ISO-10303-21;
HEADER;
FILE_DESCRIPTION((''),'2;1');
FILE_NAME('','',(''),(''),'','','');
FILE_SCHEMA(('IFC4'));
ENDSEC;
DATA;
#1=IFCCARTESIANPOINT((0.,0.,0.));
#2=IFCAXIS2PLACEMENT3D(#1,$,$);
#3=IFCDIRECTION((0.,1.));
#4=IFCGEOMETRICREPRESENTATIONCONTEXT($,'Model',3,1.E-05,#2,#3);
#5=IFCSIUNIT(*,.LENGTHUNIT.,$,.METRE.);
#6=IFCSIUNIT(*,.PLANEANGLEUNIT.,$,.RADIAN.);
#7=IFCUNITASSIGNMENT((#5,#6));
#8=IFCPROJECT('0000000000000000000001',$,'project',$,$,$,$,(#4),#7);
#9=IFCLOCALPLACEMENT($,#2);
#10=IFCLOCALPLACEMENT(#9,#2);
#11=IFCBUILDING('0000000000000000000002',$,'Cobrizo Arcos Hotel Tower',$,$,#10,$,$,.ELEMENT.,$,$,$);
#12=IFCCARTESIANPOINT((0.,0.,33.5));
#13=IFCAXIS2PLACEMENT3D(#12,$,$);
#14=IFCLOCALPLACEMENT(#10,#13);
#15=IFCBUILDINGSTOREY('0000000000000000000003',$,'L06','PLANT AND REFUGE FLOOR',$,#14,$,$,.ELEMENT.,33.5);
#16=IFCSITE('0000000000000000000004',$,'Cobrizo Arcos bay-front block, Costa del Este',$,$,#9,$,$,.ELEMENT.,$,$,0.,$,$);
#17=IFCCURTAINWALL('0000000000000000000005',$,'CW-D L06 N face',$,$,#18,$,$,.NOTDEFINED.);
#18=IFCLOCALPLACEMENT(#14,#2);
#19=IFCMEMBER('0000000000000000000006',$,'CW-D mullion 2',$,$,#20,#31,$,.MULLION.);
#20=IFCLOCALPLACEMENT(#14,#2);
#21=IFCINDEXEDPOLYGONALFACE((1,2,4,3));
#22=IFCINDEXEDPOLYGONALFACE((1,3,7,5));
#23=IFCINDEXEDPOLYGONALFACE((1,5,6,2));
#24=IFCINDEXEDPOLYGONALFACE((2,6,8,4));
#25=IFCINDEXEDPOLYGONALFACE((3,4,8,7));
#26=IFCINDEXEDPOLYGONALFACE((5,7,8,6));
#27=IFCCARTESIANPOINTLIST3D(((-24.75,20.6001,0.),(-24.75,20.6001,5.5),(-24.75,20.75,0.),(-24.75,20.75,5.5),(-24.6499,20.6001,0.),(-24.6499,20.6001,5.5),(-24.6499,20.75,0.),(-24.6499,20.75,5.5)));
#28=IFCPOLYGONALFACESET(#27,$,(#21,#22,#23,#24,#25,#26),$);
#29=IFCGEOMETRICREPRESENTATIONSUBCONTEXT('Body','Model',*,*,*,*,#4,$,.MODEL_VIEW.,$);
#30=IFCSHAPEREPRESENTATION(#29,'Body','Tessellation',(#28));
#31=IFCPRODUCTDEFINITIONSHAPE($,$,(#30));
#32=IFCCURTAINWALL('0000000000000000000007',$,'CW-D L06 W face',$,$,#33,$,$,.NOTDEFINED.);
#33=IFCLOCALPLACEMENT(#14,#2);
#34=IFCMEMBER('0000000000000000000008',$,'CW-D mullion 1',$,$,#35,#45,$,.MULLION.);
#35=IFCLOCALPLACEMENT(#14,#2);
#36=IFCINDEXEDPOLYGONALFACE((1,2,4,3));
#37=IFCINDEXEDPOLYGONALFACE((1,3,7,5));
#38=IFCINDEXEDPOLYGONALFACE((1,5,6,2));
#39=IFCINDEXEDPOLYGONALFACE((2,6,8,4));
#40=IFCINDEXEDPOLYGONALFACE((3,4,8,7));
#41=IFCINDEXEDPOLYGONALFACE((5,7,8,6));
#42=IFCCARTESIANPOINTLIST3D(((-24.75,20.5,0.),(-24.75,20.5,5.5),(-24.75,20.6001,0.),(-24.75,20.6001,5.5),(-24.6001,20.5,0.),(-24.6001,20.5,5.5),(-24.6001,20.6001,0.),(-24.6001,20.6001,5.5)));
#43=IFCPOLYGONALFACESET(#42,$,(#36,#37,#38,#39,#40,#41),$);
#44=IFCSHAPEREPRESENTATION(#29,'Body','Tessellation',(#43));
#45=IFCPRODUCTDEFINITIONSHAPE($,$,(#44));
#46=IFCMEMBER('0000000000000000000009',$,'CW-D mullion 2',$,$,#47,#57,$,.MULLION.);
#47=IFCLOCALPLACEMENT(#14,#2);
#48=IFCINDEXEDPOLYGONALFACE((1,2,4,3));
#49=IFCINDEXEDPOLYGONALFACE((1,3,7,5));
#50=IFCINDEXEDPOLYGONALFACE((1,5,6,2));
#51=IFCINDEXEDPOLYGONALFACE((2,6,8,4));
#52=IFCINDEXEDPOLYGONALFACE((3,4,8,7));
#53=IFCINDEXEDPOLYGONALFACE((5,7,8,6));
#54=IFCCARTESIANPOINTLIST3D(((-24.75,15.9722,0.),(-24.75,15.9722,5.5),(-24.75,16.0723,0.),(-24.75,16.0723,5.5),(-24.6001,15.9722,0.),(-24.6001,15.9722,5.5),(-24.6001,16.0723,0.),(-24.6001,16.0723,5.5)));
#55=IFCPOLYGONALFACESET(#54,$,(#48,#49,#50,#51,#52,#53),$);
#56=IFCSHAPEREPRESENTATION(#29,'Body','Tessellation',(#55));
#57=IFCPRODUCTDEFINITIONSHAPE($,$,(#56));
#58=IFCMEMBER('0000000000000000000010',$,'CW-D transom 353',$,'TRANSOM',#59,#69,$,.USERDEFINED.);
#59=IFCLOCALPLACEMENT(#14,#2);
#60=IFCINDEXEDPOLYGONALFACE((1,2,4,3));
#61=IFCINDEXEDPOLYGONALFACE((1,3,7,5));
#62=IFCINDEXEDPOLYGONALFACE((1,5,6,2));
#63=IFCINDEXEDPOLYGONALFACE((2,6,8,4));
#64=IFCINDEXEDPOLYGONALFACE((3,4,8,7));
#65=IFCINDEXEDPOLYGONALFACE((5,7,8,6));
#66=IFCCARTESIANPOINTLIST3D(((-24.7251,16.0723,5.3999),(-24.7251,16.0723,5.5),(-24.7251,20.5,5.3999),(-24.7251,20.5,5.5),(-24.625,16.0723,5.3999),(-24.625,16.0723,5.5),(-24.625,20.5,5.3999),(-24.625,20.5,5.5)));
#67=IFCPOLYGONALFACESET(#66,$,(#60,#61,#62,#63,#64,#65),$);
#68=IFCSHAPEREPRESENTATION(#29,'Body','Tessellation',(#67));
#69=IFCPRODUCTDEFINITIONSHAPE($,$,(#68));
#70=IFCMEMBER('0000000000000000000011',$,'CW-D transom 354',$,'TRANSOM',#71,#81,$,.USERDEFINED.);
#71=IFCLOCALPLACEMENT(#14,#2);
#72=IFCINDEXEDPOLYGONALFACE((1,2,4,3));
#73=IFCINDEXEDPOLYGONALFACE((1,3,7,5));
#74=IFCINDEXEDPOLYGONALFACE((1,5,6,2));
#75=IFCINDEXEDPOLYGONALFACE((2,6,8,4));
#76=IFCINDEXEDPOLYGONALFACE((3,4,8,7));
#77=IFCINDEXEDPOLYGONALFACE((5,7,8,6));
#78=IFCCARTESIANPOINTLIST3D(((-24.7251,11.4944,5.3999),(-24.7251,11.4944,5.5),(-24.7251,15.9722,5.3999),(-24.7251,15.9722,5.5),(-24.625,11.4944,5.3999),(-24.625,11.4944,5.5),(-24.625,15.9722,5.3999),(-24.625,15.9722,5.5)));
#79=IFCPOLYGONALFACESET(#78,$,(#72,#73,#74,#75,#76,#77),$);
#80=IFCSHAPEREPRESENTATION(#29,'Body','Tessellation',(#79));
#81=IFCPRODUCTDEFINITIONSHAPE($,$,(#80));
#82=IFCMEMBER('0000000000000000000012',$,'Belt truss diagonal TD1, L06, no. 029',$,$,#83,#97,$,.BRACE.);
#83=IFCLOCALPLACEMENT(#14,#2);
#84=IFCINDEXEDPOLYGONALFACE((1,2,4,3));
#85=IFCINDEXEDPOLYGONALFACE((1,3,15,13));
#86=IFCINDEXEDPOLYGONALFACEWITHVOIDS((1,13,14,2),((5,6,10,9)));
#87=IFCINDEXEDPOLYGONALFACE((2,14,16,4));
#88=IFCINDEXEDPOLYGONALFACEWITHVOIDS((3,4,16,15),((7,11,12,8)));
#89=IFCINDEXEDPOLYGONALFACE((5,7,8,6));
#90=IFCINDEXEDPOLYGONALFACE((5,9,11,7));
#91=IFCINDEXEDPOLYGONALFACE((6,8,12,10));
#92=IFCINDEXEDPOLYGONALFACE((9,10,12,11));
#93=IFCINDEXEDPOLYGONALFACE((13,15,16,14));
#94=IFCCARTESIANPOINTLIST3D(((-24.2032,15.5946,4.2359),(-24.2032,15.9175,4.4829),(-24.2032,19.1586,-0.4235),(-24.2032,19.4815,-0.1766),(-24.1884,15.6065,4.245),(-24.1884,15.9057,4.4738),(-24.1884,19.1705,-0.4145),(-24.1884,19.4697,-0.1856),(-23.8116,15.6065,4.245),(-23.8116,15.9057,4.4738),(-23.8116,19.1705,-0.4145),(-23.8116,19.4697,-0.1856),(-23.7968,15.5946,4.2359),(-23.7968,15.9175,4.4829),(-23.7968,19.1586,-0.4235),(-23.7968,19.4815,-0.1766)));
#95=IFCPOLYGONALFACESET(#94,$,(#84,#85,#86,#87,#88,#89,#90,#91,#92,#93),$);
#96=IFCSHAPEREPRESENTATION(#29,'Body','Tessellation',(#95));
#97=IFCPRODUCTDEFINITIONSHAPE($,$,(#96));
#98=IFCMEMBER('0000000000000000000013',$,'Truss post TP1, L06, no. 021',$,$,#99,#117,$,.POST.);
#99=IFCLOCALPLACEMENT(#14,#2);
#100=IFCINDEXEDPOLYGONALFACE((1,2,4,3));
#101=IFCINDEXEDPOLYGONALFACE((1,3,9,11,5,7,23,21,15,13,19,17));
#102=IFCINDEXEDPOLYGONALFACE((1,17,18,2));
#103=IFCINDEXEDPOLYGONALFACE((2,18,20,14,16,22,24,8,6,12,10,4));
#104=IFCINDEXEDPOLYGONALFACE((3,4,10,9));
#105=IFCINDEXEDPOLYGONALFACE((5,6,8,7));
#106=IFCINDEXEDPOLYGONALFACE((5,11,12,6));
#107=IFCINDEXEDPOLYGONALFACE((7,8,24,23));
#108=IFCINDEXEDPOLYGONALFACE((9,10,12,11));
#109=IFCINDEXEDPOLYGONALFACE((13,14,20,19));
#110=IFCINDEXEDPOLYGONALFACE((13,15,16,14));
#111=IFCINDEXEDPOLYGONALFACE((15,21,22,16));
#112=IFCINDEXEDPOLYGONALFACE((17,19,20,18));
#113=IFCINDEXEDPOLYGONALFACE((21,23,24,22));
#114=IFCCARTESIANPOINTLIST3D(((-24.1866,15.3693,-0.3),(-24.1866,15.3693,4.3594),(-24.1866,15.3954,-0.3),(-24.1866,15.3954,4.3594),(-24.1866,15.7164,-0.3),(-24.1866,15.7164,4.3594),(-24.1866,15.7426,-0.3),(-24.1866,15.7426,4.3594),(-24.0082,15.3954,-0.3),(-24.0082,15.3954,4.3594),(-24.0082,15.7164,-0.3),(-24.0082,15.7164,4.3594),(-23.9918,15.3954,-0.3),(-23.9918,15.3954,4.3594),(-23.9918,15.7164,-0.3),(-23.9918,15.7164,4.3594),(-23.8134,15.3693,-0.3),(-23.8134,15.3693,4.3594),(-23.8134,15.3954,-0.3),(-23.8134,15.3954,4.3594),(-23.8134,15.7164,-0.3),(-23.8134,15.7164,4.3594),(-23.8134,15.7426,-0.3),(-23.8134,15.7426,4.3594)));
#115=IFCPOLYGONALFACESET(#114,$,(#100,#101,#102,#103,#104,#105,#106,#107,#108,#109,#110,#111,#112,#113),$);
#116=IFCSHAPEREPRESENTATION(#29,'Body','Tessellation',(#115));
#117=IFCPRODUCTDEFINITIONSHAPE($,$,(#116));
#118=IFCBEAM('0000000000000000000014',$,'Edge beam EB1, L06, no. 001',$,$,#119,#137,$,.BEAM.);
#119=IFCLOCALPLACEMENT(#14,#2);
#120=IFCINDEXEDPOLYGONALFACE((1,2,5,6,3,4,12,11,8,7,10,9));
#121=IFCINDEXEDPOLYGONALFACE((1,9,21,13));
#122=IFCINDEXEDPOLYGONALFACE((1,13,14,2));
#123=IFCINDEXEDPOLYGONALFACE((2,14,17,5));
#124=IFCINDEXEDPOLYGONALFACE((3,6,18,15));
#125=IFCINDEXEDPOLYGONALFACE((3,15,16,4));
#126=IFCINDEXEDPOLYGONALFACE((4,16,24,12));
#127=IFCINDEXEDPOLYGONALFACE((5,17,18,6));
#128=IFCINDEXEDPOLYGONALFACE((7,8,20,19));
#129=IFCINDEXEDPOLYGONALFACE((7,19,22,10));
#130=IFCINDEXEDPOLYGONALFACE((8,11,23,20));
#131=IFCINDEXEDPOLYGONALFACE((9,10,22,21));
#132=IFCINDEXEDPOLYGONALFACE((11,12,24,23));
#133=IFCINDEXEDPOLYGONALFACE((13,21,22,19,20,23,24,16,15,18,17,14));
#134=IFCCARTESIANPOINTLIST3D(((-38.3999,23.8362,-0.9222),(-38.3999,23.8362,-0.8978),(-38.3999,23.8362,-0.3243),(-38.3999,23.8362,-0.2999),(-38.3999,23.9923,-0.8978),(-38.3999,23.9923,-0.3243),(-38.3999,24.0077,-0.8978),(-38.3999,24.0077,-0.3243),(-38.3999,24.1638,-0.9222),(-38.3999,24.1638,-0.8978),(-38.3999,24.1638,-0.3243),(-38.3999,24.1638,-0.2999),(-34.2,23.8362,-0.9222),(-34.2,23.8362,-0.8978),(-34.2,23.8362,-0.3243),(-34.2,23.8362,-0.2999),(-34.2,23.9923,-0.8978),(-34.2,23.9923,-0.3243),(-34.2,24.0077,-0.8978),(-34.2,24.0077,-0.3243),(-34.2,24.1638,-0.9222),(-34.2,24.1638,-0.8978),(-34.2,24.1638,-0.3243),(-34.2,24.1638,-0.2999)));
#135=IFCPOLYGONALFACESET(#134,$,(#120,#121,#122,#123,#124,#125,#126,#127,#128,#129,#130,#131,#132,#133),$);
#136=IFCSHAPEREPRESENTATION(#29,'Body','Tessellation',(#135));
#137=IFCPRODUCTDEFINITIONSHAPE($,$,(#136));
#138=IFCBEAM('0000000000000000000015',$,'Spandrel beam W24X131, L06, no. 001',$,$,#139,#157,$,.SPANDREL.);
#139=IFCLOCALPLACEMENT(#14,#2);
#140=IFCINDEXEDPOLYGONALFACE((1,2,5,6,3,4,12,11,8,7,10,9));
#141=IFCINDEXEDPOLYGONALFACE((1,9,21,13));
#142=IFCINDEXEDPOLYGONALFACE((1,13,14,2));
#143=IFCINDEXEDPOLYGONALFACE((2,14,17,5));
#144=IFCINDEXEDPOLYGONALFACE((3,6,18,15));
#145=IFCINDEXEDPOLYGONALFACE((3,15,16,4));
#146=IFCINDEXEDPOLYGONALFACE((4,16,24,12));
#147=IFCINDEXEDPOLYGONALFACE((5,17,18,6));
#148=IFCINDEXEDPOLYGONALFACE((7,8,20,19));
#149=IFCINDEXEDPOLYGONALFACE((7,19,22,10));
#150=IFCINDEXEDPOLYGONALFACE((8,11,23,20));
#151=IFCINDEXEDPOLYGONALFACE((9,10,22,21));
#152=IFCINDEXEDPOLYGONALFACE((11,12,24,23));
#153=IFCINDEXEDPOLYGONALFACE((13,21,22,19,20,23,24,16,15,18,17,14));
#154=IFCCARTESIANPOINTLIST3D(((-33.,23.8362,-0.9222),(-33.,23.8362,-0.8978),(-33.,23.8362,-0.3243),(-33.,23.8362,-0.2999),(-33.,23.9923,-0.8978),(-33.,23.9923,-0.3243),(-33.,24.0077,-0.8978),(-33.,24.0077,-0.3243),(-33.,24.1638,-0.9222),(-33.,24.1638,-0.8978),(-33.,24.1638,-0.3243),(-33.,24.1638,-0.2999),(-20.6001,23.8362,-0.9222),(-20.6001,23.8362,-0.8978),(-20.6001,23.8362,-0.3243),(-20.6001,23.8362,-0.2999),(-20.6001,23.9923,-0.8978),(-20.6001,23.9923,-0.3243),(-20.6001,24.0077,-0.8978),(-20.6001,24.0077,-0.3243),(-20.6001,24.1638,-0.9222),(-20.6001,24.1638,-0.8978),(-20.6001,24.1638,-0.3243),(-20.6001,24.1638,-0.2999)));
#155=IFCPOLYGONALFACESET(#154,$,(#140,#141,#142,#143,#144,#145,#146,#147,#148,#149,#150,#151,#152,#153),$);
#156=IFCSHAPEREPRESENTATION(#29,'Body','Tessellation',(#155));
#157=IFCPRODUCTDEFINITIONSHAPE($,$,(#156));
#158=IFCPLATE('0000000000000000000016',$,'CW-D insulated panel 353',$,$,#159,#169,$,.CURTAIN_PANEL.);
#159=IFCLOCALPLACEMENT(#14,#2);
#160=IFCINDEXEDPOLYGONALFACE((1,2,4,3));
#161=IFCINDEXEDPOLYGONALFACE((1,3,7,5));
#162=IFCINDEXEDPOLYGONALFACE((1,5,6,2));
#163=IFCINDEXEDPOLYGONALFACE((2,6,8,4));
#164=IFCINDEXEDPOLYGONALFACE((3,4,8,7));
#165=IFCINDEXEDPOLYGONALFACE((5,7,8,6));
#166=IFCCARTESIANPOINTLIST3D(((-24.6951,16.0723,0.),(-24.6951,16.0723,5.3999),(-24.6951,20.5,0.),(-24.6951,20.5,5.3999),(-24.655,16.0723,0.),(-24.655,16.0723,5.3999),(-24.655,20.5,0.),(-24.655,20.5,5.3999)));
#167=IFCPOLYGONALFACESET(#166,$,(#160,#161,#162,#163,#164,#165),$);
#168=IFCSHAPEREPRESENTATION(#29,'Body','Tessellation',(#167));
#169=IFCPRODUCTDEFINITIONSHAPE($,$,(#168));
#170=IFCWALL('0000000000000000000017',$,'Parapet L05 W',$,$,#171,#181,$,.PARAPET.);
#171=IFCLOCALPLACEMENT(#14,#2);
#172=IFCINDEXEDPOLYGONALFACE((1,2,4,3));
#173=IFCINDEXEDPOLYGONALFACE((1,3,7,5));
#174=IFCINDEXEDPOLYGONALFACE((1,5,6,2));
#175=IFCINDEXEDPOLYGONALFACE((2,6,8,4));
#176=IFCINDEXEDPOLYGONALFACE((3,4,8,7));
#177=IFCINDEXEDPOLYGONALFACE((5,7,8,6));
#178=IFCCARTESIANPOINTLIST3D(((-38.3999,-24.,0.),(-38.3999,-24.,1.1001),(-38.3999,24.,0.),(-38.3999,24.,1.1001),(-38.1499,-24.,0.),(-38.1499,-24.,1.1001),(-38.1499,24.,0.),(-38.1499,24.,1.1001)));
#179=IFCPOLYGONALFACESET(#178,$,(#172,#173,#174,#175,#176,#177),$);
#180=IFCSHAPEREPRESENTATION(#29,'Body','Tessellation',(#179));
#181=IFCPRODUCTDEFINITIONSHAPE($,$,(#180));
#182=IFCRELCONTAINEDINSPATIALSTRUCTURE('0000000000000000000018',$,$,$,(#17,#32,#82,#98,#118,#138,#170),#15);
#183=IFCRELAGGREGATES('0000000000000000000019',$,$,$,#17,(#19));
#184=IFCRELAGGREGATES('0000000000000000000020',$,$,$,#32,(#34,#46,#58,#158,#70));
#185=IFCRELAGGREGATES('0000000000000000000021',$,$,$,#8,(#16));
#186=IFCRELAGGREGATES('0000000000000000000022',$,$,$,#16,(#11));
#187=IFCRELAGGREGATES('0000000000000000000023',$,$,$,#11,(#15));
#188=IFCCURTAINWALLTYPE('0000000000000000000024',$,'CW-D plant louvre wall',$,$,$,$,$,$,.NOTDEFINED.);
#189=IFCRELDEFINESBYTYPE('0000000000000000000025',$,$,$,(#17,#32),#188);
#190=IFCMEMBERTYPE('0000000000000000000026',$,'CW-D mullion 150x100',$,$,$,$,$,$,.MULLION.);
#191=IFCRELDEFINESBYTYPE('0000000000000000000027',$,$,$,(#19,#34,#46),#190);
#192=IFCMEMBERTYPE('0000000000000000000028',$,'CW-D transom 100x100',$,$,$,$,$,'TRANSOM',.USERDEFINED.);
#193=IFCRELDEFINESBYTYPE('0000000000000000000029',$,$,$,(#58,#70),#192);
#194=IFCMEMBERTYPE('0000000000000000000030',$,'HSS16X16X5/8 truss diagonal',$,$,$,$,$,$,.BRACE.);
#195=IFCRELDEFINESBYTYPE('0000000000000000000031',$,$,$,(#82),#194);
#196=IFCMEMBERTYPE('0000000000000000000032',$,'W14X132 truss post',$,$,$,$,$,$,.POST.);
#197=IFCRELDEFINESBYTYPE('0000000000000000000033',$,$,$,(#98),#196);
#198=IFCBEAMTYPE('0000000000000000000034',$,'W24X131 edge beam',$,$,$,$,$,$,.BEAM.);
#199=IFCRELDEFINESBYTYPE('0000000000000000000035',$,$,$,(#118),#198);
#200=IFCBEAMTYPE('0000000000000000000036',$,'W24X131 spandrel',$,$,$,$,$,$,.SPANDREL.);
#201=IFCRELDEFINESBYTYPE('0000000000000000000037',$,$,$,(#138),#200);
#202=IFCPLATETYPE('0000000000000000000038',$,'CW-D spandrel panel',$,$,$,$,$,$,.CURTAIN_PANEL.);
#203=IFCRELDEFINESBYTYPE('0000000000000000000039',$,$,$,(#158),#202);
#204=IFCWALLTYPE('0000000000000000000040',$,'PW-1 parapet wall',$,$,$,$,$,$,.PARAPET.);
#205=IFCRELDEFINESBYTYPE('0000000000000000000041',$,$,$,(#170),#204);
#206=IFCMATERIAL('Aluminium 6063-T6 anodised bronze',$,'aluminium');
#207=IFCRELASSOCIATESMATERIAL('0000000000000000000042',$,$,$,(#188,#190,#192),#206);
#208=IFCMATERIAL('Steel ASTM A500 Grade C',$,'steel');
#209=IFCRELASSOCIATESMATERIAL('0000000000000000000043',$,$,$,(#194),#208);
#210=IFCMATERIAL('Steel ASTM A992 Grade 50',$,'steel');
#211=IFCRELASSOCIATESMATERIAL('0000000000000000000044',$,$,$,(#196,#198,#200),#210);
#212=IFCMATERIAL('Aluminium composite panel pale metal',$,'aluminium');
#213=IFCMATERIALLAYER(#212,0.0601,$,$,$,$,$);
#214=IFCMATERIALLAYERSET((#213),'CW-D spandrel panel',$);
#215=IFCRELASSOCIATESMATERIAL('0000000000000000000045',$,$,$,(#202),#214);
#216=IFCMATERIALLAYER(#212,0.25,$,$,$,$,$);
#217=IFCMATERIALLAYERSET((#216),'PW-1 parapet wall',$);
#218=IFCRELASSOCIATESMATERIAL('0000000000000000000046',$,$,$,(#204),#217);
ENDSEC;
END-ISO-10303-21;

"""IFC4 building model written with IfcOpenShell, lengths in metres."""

from ifc_helpers import new_model, si_unit, direction, frame, frame_2d, origin, origin_2d, place, context, subcontext, project, spatial, rectangle, hollow_rectangle, i_section, extrude, material, layer, layer_set, material_profile, profile_set, type_object, element, aggregate, save


model = new_model("IFC4")

# Units and contexts
model_context = context("Model", 3, precision=1e-05, world=origin(), true_north=direction((0.0, 1.0)))
body_context = subcontext(model_context, "Body", "Model", "MODEL_VIEW")
ifc_project = project(units=[si_unit("LENGTHUNIT", "METRE"), si_unit("PLANEANGLEUNIT", "RADIAN")], contexts=[model_context])

# Site, building, storey
site_placement = place(None, origin())
site = spatial("IfcSite", under=ifc_project, at=site_placement, Name="Cobrizo Arcos bay-front block, Costa del Este", CompositionType="ELEMENT", RefElevation=0.0)
building_placement = place(site_placement, origin())
building = spatial("IfcBuilding", under=site, at=building_placement, Name="Cobrizo Arcos Hotel Tower", CompositionType="ELEMENT")
storey_placement = place(building_placement, frame((0.0, 0.0, 33.5)))
storey = spatial("IfcBuildingStorey", under=building, at=storey_placement, Name="L06", Description="PLANT AND REFUGE FLOOR", CompositionType="ELEMENT", Elevation=33.5)

# Curtain wall, member
ifc_material_1 = material(Name="Aluminium 6063-T6 anodised bronze", Category="aluminium")
curtain_wall_type = type_object("IfcCurtainWallType", Name="CW-D plant louvre wall", PredefinedType="NOTDEFINED", material=ifc_material_1)
curtain_wall_1_placement = place(storey_placement, origin())
curtain_wall_1 = element("IfcCurtainWall", 1, at=curtain_wall_1_placement, inside=storey, type_object=curtain_wall_type, Name="CW-D L06 N face", PredefinedType="NOTDEFINED")
ifc_material_profile_1 = material_profile(ifc_material_1, rectangle(XDim=0.1499, YDim=0.1001, at=origin_2d()), Name="CW-D mullion 150x100")
ifc_profile_set_1 = profile_set([ifc_material_profile_1], Name="Aluminium 6063-T6 anodised bronze")
member_type_1 = type_object("IfcMemberType", Name="CW-D mullion 150x100", PredefinedType="MULLION", material=ifc_profile_set_1)
member_1_placement = place(storey_placement, frame((-24.7, 20.675, 0.0), z_axis=(0.0, 0.0, 1.0), x_axis=(0.0, 1.0, 0.0)))
member_1 = element("IfcMember", 2, at=member_1_placement, type_object=member_type_1, Name="CW-D mullion 2", PredefinedType="MULLION", context=body_context, shape_type="SweptSolid", body=[
    extrude(rectangle(XDim=0.1499, YDim=0.1001, at=origin_2d()), origin(), (0.0, 0.0, 1.0), 5.5),
])
aggregate(curtain_wall_1, [member_1])

# Curtain wall, members
curtain_wall_2_placement = place(storey_placement, origin())
curtain_wall_2 = element("IfcCurtainWall", 3, at=curtain_wall_2_placement, inside=storey, type_object=curtain_wall_type, Name="CW-D L06 W face", PredefinedType="NOTDEFINED")
member_2_placement = place(storey_placement, frame((-24.675, 20.55, 0.0), z_axis=(0.0, 0.0, 1.0), x_axis=(-1.0, 0.0, 0.0)))
member_2 = element("IfcMember", 4, at=member_2_placement, type_object=member_type_1, Name="CW-D mullion 1", PredefinedType="MULLION", context=body_context, shape_type="SweptSolid", body=[
    extrude(rectangle(XDim=0.1499, YDim=0.1001, at=origin_2d()), origin(), (0.0, 0.0, 1.0), 5.5),
])
member_3_placement = place(storey_placement, frame((-24.675, 16.0222, 0.0), z_axis=(0.0, 0.0, 1.0), x_axis=(-1.0, 0.0, 0.0)))
member_3 = element("IfcMember", 5, at=member_3_placement, type_object=member_type_1, Name="CW-D mullion 2", PredefinedType="MULLION", context=body_context, shape_type="SweptSolid", body=[
    extrude(rectangle(XDim=0.1499, YDim=0.1001, at=origin_2d()), origin(), (0.0, 0.0, 1.0), 5.5),
])
ifc_material_profile_2 = material_profile(ifc_material_1, rectangle(XDim=0.1001, YDim=0.1001, at=origin_2d()), Name="CW-D transom 100x100")
ifc_profile_set_2 = profile_set([ifc_material_profile_2], Name="Aluminium 6063-T6 anodised bronze")
member_type_2 = type_object("IfcMemberType", Name="CW-D transom 100x100", ElementType="TRANSOM", PredefinedType="USERDEFINED", material=ifc_profile_set_2)
member_4_placement = place(storey_placement, frame((-24.675, 20.5, 5.45), z_axis=(0.0, -1.0, 0.0), x_axis=(1.0, 0.0, 0.0)))
member_4 = element("IfcMember", 6, at=member_4_placement, type_object=member_type_2, Name="CW-D transom 353", ObjectType="TRANSOM", PredefinedType="USERDEFINED", context=body_context, shape_type="SweptSolid", body=[
    extrude(rectangle(XDim=0.1001, YDim=0.1001, at=origin_2d()), origin(), (0.0, 0.0, 1.0), 4.4277),
])
member_5_placement = place(storey_placement, frame((-24.675, 15.9722, 5.45), z_axis=(0.0, -1.0, 0.0), x_axis=(1.0, 0.0, 0.0)))
member_5 = element("IfcMember", 7, at=member_5_placement, type_object=member_type_2, Name="CW-D transom 354", ObjectType="TRANSOM", PredefinedType="USERDEFINED", context=body_context, shape_type="SweptSolid", body=[
    extrude(rectangle(XDim=0.1001, YDim=0.1001, at=origin_2d()), origin(), (0.0, 0.0, 1.0), 4.4778),
])

# Members
ifc_material_2 = material(Name="Steel ASTM A500 Grade C", Category="steel")
ifc_material_profile_3 = material_profile(ifc_material_2, hollow_rectangle(XDim=0.4065, YDim=0.4065, WallThickness=0.0149, at=origin_2d()), Name="HSS16X16X5/8")
ifc_profile_set_3 = profile_set([ifc_material_profile_3], Name="Steel ASTM A500 Grade C")
member_type_3 = type_object("IfcMemberType", Name="HSS16X16X5/8 truss diagonal", PredefinedType="BRACE", material=ifc_profile_set_3)
member_6_placement = place(storey_placement, frame((-24.0, 19.3201, -0.3), z_axis=(0.0, -0.607544, 0.794286), x_axis=(1.0, 0.0, 0.0)))
element("IfcMember", 8, at=member_6_placement, inside=storey, type_object=member_type_3, Name="Belt truss diagonal TD1, L06, no. 029", PredefinedType="BRACE", context=body_context, shape_type="SweptSolid", body=[
    extrude(hollow_rectangle(XDim=0.4065, YDim=0.4065, WallThickness=0.0149, at=origin_2d()), origin(), (0.0, 0.0, 1.0), 5.8662),
])
ifc_material_3 = material(Name="Steel ASTM A992 Grade 50", Category="steel")
ifc_material_profile_4 = material_profile(ifc_material_3, i_section(OverallWidth=0.3733, OverallDepth=0.3733, WebThickness=0.0164, FlangeThickness=0.0261, at=origin_2d()), Name="W14X132")
ifc_profile_set_4 = profile_set([ifc_material_profile_4], Name="Steel ASTM A992 Grade 50")
member_type_4 = type_object("IfcMemberType", Name="W14X132 truss post", PredefinedType="POST", material=ifc_profile_set_4)
member_7_placement = place(storey_placement, frame((-24.0, 15.5559, -0.3), z_axis=(0.0, 0.0, 1.0), x_axis=(1.0, 0.0, 0.0)))
element("IfcMember", 9, at=member_7_placement, inside=storey, type_object=member_type_4, Name="Truss post TP1, L06, no. 021", PredefinedType="POST", context=body_context, shape_type="SweptSolid", body=[
    extrude(i_section(OverallWidth=0.3733, OverallDepth=0.3733, WebThickness=0.0164, FlangeThickness=0.0261, at=origin_2d()), origin(), (0.0, 0.0, 1.0), 4.6594),
])

# Beams
ifc_material_profile_5 = material_profile(ifc_material_3, i_section(OverallWidth=0.3276, OverallDepth=0.6223, WebThickness=0.0154, FlangeThickness=0.0244, at=origin_2d()), Name="W24X131")
ifc_profile_set_5 = profile_set([ifc_material_profile_5], Name="Steel ASTM A992 Grade 50")
beam_type_1 = type_object("IfcBeamType", Name="W24X131 edge beam", PredefinedType="BEAM", material=ifc_profile_set_5)
beam_1_placement = place(storey_placement, frame((-38.3999, 24.0, -0.6111), z_axis=(1.0, 0.0, 0.0), x_axis=(0.0, 1.0, 0.0)))
element("IfcBeam", 10, at=beam_1_placement, inside=storey, type_object=beam_type_1, Name="Edge beam EB1, L06, no. 001", PredefinedType="BEAM", context=body_context, shape_type="SweptSolid", body=[
    extrude(i_section(OverallWidth=0.3276, OverallDepth=0.6223, WebThickness=0.0154, FlangeThickness=0.0244, at=origin_2d()), origin(), (0.0, 0.0, 1.0), 4.2),
])
ifc_material_profile_6 = material_profile(ifc_material_3, i_section(OverallWidth=0.3276, OverallDepth=0.6223, WebThickness=0.0154, FlangeThickness=0.0244, at=origin_2d()), Name="W24X131")
ifc_profile_set_6 = profile_set([ifc_material_profile_6], Name="Steel ASTM A992 Grade 50")
beam_type_2 = type_object("IfcBeamType", Name="W24X131 spandrel", PredefinedType="SPANDREL", material=ifc_profile_set_6)
beam_2_placement = place(storey_placement, frame((-33.0, 24.0, -0.6111), z_axis=(1.0, 0.0, 0.0), x_axis=(0.0, 1.0, 0.0)))
element("IfcBeam", 11, at=beam_2_placement, inside=storey, type_object=beam_type_2, Name="Spandrel beam W24X131, L06, no. 001", PredefinedType="SPANDREL", context=body_context, shape_type="SweptSolid", body=[
    extrude(i_section(OverallWidth=0.3276, OverallDepth=0.6223, WebThickness=0.0154, FlangeThickness=0.0244, at=origin_2d()), origin(), (0.0, 0.0, 1.0), 12.3999),
])

# Plate
ifc_material_4 = material(Name="Aluminium composite panel pale metal", Category="aluminium")
ifc_layer_1 = layer(ifc_material_4, 0.0601)
ifc_layer_set_1 = layer_set([ifc_layer_1], Name="CW-D spandrel panel")
plate_type = type_object("IfcPlateType", Name="CW-D spandrel panel", PredefinedType="CURTAIN_PANEL", material=ifc_layer_set_1)
plate_placement = place(storey_placement, frame((-24.675, 18.2861, 0.0), z_axis=(0.0, 0.0, 1.0), x_axis=(0.0, -1.0, 0.0)))
plate = element("IfcPlate", 12, at=plate_placement, type_object=plate_type, Name="CW-D insulated panel 353", PredefinedType="CURTAIN_PANEL", context=body_context, shape_type="SweptSolid", body=[
    extrude(rectangle(XDim=4.4277, YDim=0.04, at=origin_2d()), origin(), (0.0, 0.0, 1.0), 5.3999),
])
aggregate(curtain_wall_2, [member_2, member_3, member_4, plate, member_5])

# Wall
ifc_layer_2 = layer(ifc_material_4, 0.25)
ifc_layer_set_2 = layer_set([ifc_layer_2], Name="PW-1 parapet wall")
wall_type_1 = type_object("IfcWallType", Name="PW-1 parapet wall", PredefinedType="PARAPET", material=ifc_layer_set_2)
wall_placement = place(storey_placement, frame((-38.2749, 24.0, 0.0), z_axis=(0.0, 0.0, 1.0), x_axis=(0.0, -1.0, 0.0)))
element("IfcWall", 13, at=wall_placement, inside=storey, type_object=wall_type_1, Name="Parapet L05 W", PredefinedType="PARAPET", context=body_context, shape_type="SweptSolid", body=[
    extrude(rectangle(XDim=48.0, YDim=0.25, at=frame_2d((24.0, 0.0))), origin(), (0.0, 0.0, 1.0), 1.1001),
])

save(model, "model.ifc")
